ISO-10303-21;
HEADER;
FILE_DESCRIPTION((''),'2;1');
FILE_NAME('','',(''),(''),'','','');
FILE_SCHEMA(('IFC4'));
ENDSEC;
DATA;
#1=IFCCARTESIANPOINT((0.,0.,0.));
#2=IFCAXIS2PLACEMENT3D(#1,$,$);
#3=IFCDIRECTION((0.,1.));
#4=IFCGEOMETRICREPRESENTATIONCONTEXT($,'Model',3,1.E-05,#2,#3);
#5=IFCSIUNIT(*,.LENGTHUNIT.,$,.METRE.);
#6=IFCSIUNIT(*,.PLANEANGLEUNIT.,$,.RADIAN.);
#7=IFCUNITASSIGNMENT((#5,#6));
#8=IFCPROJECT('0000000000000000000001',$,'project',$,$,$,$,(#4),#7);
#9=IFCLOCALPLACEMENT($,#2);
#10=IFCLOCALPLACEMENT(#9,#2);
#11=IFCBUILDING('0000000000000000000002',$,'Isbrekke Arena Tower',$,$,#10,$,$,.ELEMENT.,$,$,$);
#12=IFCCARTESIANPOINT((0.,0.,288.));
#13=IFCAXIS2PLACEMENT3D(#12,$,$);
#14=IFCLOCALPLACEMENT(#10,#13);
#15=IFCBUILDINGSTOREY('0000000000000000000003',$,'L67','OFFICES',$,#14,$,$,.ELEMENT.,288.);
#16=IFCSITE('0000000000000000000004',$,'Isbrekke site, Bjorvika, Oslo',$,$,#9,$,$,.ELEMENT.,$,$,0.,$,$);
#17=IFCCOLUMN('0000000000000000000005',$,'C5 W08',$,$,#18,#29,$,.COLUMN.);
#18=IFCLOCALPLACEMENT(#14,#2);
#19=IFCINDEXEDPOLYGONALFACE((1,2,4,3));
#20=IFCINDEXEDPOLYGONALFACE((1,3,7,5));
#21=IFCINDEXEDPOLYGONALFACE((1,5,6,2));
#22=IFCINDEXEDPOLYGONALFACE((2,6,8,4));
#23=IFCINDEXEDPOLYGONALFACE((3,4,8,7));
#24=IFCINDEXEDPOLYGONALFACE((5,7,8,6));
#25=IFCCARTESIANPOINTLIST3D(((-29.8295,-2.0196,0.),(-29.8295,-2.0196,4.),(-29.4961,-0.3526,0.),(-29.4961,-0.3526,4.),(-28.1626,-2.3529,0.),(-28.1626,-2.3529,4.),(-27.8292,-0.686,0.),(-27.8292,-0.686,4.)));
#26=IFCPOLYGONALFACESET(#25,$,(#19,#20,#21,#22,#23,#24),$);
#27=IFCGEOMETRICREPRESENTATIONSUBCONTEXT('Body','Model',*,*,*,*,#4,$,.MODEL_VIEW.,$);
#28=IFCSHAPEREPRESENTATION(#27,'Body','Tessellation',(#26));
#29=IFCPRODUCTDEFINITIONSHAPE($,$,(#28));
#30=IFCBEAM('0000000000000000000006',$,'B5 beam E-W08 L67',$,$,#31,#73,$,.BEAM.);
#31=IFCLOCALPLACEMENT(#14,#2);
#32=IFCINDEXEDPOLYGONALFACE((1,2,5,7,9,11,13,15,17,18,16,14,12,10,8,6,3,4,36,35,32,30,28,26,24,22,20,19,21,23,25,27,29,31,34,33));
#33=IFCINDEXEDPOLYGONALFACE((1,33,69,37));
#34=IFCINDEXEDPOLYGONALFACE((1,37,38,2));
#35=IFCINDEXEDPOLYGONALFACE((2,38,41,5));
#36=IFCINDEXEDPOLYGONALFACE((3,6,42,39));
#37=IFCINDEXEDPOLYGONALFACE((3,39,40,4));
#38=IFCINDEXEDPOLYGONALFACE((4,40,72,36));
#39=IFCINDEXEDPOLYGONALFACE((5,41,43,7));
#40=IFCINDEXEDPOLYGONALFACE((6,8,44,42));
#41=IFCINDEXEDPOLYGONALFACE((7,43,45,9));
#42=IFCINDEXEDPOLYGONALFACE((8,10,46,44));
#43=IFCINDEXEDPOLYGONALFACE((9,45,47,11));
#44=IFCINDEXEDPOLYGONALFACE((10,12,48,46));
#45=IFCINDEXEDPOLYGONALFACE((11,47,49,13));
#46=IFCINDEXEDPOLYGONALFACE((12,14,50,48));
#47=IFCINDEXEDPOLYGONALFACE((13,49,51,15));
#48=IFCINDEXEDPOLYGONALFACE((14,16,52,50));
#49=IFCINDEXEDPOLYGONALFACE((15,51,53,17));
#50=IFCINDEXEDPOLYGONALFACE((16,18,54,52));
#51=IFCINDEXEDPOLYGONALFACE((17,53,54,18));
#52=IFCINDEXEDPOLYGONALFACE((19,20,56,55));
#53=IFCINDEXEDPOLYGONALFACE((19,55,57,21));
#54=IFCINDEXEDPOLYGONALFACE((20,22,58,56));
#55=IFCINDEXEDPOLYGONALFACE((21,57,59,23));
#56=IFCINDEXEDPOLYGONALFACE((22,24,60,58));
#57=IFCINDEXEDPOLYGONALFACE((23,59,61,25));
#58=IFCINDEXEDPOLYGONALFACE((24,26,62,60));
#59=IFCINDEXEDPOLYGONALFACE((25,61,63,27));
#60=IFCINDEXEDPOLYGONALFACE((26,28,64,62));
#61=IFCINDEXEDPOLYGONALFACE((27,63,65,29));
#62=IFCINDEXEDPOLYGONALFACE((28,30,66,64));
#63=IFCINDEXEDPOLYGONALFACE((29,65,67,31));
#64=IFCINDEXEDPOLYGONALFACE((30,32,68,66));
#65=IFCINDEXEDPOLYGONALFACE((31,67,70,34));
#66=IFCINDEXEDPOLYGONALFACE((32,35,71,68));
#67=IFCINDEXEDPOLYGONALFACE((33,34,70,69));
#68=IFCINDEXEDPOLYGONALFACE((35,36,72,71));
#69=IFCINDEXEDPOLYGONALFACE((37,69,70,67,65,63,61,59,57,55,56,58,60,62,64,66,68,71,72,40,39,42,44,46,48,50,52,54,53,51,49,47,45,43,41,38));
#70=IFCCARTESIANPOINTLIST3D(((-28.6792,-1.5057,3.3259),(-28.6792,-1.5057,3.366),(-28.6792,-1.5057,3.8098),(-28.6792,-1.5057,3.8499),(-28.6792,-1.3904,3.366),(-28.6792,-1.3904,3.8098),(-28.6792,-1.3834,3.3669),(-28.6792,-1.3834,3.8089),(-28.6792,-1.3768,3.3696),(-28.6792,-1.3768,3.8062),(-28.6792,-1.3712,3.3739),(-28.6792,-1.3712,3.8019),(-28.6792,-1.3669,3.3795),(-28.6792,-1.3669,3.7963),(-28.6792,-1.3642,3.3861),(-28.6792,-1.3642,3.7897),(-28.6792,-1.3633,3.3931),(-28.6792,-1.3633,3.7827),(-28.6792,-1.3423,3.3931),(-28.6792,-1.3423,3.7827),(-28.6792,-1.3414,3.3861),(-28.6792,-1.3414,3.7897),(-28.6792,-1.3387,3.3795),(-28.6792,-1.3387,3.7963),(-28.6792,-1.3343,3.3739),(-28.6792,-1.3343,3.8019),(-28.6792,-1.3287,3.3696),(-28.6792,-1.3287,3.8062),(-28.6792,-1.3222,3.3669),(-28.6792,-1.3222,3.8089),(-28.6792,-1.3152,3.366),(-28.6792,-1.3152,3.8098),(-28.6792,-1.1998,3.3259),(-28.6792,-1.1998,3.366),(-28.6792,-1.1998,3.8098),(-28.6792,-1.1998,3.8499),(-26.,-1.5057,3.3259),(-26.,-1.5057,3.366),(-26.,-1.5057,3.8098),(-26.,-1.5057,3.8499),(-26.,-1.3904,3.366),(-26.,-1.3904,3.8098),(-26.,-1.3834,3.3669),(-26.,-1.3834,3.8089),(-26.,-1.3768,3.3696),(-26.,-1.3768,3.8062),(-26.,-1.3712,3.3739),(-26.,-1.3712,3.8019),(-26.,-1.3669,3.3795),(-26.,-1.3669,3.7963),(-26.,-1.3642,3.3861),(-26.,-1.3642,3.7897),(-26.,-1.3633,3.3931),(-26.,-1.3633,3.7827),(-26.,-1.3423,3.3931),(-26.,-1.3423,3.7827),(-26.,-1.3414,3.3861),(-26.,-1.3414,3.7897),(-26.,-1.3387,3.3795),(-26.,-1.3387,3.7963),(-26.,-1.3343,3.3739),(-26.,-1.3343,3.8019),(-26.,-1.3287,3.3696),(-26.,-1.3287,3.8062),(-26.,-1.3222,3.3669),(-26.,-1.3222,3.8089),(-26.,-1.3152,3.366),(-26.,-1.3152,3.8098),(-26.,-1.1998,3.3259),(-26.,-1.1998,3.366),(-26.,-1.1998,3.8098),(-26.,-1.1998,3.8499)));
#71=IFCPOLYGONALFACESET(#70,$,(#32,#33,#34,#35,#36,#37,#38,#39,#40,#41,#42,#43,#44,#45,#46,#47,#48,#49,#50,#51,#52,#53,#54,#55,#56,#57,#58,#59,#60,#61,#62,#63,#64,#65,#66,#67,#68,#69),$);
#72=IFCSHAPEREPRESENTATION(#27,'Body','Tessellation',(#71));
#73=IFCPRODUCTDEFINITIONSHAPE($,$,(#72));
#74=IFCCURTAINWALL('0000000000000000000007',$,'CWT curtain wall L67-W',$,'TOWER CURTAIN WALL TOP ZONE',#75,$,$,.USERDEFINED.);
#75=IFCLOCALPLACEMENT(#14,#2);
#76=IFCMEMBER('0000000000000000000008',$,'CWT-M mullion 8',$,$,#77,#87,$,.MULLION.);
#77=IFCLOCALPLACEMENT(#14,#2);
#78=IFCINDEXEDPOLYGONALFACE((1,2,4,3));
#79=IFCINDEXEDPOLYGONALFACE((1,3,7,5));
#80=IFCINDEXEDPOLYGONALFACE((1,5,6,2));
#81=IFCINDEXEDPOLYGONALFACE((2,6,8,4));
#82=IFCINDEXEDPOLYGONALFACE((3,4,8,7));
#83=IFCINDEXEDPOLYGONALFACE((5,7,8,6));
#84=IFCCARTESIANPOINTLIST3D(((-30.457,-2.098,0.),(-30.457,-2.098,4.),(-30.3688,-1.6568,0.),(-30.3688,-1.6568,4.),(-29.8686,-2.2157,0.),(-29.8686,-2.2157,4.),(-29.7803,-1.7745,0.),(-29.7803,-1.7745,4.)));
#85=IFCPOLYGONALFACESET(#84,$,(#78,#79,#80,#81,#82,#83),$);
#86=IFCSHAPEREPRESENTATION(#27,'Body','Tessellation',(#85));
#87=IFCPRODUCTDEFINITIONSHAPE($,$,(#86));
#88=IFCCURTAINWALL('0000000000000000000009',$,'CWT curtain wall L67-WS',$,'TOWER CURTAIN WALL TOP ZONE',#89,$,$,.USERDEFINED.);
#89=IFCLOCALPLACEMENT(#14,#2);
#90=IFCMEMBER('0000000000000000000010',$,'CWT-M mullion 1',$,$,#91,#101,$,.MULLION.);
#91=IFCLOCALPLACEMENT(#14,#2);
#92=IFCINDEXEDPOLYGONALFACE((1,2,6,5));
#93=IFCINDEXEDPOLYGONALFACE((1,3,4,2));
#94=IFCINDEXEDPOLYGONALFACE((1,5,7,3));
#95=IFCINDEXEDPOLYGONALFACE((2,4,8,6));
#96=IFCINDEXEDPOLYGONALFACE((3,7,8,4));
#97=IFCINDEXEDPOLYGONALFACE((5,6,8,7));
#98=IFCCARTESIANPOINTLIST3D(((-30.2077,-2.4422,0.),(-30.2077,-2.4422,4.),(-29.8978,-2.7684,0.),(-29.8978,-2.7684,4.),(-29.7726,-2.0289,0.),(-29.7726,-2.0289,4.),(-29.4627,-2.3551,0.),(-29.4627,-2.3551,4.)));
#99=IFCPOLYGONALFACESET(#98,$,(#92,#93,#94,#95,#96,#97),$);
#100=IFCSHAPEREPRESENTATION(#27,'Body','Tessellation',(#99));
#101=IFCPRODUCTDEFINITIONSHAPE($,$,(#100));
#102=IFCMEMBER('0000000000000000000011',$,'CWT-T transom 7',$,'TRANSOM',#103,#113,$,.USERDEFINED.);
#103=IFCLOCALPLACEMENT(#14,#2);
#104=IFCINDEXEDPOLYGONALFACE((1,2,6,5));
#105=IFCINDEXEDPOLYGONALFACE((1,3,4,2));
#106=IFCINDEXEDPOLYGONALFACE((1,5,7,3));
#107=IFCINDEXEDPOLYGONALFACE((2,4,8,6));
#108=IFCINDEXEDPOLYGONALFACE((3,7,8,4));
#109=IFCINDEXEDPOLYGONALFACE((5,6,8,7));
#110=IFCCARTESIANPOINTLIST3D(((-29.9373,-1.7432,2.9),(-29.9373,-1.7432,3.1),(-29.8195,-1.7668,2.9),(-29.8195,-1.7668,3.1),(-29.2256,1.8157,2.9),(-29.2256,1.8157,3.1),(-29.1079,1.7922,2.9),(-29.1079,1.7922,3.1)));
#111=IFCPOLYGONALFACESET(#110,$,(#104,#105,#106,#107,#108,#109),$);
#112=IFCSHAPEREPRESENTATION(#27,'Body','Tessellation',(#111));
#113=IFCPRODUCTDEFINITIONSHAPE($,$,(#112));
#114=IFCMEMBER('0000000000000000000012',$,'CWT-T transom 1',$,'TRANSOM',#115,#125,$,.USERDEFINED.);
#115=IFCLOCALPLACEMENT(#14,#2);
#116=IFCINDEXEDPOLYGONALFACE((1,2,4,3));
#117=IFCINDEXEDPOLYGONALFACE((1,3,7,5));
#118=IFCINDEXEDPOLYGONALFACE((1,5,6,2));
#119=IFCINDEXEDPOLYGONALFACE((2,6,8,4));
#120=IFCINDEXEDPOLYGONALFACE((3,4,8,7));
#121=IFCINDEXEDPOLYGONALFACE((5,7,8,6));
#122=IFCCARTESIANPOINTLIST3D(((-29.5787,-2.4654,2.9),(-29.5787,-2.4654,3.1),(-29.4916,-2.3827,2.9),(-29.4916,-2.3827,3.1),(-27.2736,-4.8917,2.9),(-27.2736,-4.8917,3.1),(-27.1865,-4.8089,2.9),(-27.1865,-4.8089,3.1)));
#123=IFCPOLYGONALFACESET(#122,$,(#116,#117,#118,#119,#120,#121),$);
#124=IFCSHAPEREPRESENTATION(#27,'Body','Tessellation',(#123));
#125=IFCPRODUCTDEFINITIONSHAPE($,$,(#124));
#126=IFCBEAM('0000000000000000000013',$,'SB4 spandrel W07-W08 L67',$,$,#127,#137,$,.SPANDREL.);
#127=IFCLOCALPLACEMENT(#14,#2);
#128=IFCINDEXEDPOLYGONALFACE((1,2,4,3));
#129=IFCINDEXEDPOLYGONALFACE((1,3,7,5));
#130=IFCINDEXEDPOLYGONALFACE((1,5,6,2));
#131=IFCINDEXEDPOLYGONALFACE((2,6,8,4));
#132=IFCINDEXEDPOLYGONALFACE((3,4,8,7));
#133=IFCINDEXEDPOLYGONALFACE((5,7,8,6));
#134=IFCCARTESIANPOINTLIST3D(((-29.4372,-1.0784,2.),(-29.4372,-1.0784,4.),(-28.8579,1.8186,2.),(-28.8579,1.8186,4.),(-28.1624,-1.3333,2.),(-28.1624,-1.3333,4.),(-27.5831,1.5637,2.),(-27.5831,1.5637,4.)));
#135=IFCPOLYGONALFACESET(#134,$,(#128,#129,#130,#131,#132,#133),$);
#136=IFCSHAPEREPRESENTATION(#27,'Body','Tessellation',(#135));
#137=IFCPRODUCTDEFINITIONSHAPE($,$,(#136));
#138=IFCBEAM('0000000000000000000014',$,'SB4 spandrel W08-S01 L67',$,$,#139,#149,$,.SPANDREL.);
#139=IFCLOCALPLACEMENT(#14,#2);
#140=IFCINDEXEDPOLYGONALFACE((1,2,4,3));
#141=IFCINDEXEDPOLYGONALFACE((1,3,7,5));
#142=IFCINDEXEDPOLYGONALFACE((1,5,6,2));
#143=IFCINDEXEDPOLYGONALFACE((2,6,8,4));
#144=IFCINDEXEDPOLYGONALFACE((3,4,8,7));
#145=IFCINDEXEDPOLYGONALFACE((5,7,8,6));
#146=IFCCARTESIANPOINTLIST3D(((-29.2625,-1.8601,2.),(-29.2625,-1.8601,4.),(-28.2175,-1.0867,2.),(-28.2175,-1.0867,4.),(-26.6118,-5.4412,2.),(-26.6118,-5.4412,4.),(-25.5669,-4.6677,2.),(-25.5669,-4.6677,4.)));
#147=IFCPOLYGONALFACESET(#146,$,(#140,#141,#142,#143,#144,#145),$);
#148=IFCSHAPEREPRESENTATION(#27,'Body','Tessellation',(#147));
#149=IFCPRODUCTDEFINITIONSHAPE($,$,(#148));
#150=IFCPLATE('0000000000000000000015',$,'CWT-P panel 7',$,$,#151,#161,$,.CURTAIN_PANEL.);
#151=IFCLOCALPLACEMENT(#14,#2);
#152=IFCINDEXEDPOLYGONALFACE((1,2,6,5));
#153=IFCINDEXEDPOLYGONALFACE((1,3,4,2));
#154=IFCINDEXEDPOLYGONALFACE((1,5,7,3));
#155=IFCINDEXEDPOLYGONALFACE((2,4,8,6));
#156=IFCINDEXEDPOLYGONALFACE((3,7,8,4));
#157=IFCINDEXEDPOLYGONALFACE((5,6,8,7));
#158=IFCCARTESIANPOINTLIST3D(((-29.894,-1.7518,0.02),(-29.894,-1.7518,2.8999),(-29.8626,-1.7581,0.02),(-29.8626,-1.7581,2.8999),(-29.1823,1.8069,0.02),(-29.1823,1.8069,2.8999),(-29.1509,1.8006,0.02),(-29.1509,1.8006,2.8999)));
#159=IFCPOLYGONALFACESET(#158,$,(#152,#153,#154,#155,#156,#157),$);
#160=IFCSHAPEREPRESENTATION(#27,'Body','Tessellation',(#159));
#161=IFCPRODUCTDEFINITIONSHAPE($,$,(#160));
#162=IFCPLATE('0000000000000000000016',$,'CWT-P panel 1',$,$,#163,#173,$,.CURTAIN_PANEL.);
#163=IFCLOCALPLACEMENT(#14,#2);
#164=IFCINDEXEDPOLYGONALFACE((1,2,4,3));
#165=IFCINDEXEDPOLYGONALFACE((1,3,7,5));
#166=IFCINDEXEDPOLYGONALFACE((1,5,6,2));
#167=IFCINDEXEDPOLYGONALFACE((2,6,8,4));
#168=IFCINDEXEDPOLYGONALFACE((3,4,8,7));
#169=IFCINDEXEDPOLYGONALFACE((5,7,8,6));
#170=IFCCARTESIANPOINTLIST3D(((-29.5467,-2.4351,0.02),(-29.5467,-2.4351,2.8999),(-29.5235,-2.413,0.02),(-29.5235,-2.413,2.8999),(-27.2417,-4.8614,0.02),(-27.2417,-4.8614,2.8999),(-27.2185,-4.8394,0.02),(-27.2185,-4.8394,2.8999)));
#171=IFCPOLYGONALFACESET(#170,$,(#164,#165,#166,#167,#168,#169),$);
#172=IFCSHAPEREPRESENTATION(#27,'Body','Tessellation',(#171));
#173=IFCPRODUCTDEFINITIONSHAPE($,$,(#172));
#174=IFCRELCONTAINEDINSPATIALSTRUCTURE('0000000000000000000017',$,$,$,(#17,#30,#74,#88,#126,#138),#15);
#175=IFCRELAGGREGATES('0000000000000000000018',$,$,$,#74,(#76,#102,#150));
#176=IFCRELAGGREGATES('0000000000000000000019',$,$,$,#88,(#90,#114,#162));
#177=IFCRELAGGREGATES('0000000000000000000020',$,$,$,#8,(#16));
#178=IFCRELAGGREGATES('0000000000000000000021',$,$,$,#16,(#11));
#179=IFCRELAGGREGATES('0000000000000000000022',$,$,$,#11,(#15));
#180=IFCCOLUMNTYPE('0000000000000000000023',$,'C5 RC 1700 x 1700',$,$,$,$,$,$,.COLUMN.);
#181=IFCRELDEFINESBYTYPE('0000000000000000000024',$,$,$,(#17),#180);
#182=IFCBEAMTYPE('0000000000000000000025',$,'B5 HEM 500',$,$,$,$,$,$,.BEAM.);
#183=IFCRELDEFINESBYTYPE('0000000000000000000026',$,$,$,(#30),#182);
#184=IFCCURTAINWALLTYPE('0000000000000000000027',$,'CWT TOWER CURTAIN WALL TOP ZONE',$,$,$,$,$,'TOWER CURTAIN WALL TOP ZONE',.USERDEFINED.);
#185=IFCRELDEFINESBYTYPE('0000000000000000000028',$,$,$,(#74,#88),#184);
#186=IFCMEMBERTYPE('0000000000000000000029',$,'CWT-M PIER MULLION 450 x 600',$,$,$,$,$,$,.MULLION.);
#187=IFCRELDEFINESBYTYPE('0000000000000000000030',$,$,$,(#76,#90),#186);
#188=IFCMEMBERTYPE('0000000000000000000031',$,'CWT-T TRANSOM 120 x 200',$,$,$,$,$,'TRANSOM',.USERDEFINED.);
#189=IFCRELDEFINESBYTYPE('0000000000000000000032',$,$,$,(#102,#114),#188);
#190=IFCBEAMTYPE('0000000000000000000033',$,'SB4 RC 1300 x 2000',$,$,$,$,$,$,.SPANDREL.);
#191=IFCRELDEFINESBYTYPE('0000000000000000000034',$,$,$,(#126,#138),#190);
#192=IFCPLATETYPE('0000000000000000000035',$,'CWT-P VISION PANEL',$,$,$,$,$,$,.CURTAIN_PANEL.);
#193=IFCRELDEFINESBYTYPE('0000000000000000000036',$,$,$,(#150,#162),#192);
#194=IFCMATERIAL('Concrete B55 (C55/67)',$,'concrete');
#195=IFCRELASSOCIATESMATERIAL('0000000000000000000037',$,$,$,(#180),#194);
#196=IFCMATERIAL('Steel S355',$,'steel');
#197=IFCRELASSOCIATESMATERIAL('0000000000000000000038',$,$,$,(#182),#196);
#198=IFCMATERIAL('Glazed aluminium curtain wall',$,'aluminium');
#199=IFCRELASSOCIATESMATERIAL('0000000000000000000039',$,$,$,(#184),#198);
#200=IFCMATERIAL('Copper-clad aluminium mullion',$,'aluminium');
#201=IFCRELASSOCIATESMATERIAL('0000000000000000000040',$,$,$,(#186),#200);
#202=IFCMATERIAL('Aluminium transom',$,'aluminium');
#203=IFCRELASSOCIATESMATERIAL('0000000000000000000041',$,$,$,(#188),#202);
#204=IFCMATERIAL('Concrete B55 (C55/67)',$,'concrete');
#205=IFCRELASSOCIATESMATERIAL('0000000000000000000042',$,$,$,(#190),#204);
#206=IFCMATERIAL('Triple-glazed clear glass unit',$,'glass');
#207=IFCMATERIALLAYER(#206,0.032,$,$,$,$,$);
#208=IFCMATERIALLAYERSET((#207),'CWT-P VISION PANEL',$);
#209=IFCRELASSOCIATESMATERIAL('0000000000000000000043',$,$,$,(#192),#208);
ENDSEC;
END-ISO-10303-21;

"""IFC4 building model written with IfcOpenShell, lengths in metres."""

from ifc_helpers import new_model, si_unit, direction, frame, origin, origin_2d, place, context, subcontext, project, spatial, rectangle, i_section, extrude, material, layer, layer_set, material_profile, profile_set, type_object, element, aggregate, save


model = new_model("IFC4")

# Units and contexts
model_context = context("Model", 3, precision=1e-05, world=origin(), true_north=direction((0.0, 1.0)))
body_context = subcontext(model_context, "Body", "Model", "MODEL_VIEW")
ifc_project = project(units=[si_unit("LENGTHUNIT", "METRE"), si_unit("PLANEANGLEUNIT", "RADIAN")], contexts=[model_context])

# Site, building, storey
site_placement = place(None, origin())
site = spatial("IfcSite", under=ifc_project, at=site_placement, Name="Isbrekke site, Bjorvika, Oslo", CompositionType="ELEMENT", RefElevation=0.0)
building_placement = place(site_placement, origin())
building = spatial("IfcBuilding", under=site, at=building_placement, Name="Isbrekke Arena Tower", CompositionType="ELEMENT")
storey_placement = place(building_placement, frame((0.0, 0.0, 288.0)))
storey = spatial("IfcBuildingStorey", under=building, at=storey_placement, Name="L67", Description="OFFICES", CompositionType="ELEMENT", Elevation=288.0)

# Column
ifc_material_1 = material(Name="Concrete B55 (C55/67)", Category="concrete")
ifc_material_profile_1 = material_profile(ifc_material_1, rectangle(XDim=1.7, YDim=1.7, at=origin_2d()), Name="RC 1700x1700")
ifc_profile_set_1 = profile_set([ifc_material_profile_1], Name="Concrete B55 (C55/67)")
column_type = type_object("IfcColumnType", Name="C5 RC 1700 x 1700", PredefinedType="COLUMN", material=ifc_profile_set_1)
column_placement = place(storey_placement, frame((-28.8293, -1.3528, 0.0), z_axis=(0.0, 0.0, 1.0), x_axis=(-0.196116, -0.980581, 0.0)))
element("IfcColumn", 1, at=column_placement, inside=storey, type_object=column_type, Name="C5 W08", PredefinedType="COLUMN", context=body_context, shape_type="SweptSolid", body=[
    extrude(rectangle(XDim=1.7, YDim=1.7, at=origin_2d()), origin(), (0.0, 0.0, 1.0), 4.0),
])

# Beam
ifc_material_2 = material(Name="Steel S355", Category="steel")
ifc_material_profile_2 = material_profile(ifc_material_2, i_section(OverallWidth=0.3059, OverallDepth=0.5239, WebThickness=0.021, FlangeThickness=0.04, FilletRadius=0.0271, at=origin_2d()), Name="HEM 500")
ifc_profile_set_2 = profile_set([ifc_material_profile_2], Name="Steel S355")
beam_type_1 = type_object("IfcBeamType", Name="B5 HEM 500", PredefinedType="BEAM", material=ifc_profile_set_2)
beam_1_placement = place(storey_placement, frame((-28.6792, -1.3528, 3.5879), z_axis=(1.0, 0.0, 0.0), x_axis=(0.0, 1.0, 0.0)))
element("IfcBeam", 2, at=beam_1_placement, inside=storey, type_object=beam_type_1, Name="B5 beam E-W08 L67", PredefinedType="BEAM", context=body_context, shape_type="SweptSolid", body=[
    extrude(i_section(OverallWidth=0.3059, OverallDepth=0.5239, WebThickness=0.021, FlangeThickness=0.04, FilletRadius=0.0271, at=origin_2d()), origin(), (0.0, 0.0, 1.0), 2.6792),
])

# Curtain walls, members
ifc_material_3 = material(Name="Glazed aluminium curtain wall", Category="aluminium")
curtain_wall_type = type_object("IfcCurtainWallType", Name="CWT TOWER CURTAIN WALL TOP ZONE", ElementType="TOWER CURTAIN WALL TOP ZONE", PredefinedType="USERDEFINED", material=ifc_material_3)
curtain_wall_1_placement = place(storey_placement, origin())
curtain_wall_1 = element("IfcCurtainWall", 3, at=curtain_wall_1_placement, inside=storey, type_object=curtain_wall_type, Name="CWT curtain wall L67-W", ObjectType="TOWER CURTAIN WALL TOP ZONE", PredefinedType="USERDEFINED")
ifc_material_4 = material(Name="Copper-clad aluminium mullion", Category="aluminium")
ifc_material_profile_3 = material_profile(ifc_material_4, rectangle(XDim=0.45, YDim=0.6001, at=origin_2d()), Name="PIER 450X600")
ifc_profile_set_3 = profile_set([ifc_material_profile_3], Name="Copper-clad aluminium mullion")
member_type_1 = type_object("IfcMemberType", Name="CWT-M PIER MULLION 450 x 600", PredefinedType="MULLION", material=ifc_profile_set_3)
member_1_placement = place(storey_placement, frame((-30.1187, -1.9363, 0.0), z_axis=(0.0, 0.0, 1.0), x_axis=(-0.196116, -0.980581, 0.0)))
member_1 = element("IfcMember", 4, at=member_1_placement, type_object=member_type_1, Name="CWT-M mullion 8", PredefinedType="MULLION", context=body_context, shape_type="SweptSolid", body=[
    extrude(rectangle(XDim=0.45, YDim=0.6001, at=origin_2d()), origin(), (0.0, 0.0, 1.0), 4.0),
])
curtain_wall_2_placement = place(storey_placement, origin())
curtain_wall_2 = element("IfcCurtainWall", 5, at=curtain_wall_2_placement, inside=storey, type_object=curtain_wall_type, Name="CWT curtain wall L67-WS", ObjectType="TOWER CURTAIN WALL TOP ZONE", PredefinedType="USERDEFINED")
member_2_placement = place(storey_placement, frame((-29.8352, -2.3987, 0.0), z_axis=(0.0, 0.0, 1.0), x_axis=(0.688749, -0.724999, 0.0)))
member_2 = element("IfcMember", 6, at=member_2_placement, type_object=member_type_1, Name="CWT-M mullion 1", PredefinedType="MULLION", context=body_context, shape_type="SweptSolid", body=[
    extrude(rectangle(XDim=0.45, YDim=0.6001, at=origin_2d()), origin(), (0.0, 0.0, 1.0), 4.0),
])

# Members
ifc_material_5 = material(Name="Aluminium transom", Category="aluminium")
ifc_material_profile_4 = material_profile(ifc_material_5, rectangle(XDim=0.1201, YDim=0.2, at=origin_2d()), Name="TRANSOM 120X200")
ifc_profile_set_4 = profile_set([ifc_material_profile_4], Name="Aluminium transom")
member_type_2 = type_object("IfcMemberType", Name="CWT-T TRANSOM 120 x 200", ElementType="TRANSOM", PredefinedType="USERDEFINED", material=ifc_profile_set_4)
member_3_placement = place(storey_placement, frame((-29.1667, 1.804, 3.0), z_axis=(-0.19609, -0.980586, 0.0), x_axis=(0.980586, -0.19609, 0.0)))
member_3 = element("IfcMember", 7, at=member_3_placement, type_object=member_type_2, Name="CWT-T transom 7", ObjectType="TRANSOM", PredefinedType="USERDEFINED", context=body_context, shape_type="SweptSolid", body=[
    extrude(rectangle(XDim=0.1201, YDim=0.2, at=origin_2d()), origin(), (0.0, 0.0, 1.0), 3.6294),
])
member_4_placement = place(storey_placement, frame((-29.5352, -2.4241, 3.0), z_axis=(0.688784, -0.724967, 0.0), x_axis=(0.724967, 0.688784, 0.0)))
member_4 = element("IfcMember", 8, at=member_4_placement, type_object=member_type_2, Name="CWT-T transom 1", ObjectType="TRANSOM", PredefinedType="USERDEFINED", context=body_context, shape_type="SweptSolid", body=[
    extrude(rectangle(XDim=0.1201, YDim=0.2, at=origin_2d()), origin(), (0.0, 0.0, 1.0), 3.3467),
])

# Beams
ifc_material_6 = material(Name="Concrete B55 (C55/67)", Category="concrete")
ifc_material_profile_5 = material_profile(ifc_material_6, rectangle(XDim=1.3, YDim=2.0, at=origin_2d()), Name="RC 1300x2000")
ifc_profile_set_5 = profile_set([ifc_material_profile_5], Name="Concrete B55 (C55/67)")
beam_type_2 = type_object("IfcBeamType", Name="SB4 RC 1300 x 2000", PredefinedType="SPANDREL", material=ifc_profile_set_5)
beam_2_placement = place(storey_placement, frame((-28.2205, 1.6912, 3.0), z_axis=(-0.1961, -0.980584, 0.0), x_axis=(0.980584, -0.1961, 0.0)))
element("IfcBeam", 9, at=beam_2_placement, inside=storey, type_object=beam_type_2, Name="SB4 spandrel W07-W08 L67", PredefinedType="SPANDREL", context=body_context, shape_type="SweptSolid", body=[
    extrude(rectangle(XDim=1.3, YDim=2.0, at=origin_2d()), origin(), (0.0, 0.0, 1.0), 2.9543),
])
beam_3_placement = place(storey_placement, frame((-28.74, -1.4734, 3.0), z_axis=(0.594938, -0.803772, 0.0), x_axis=(0.803772, 0.594938, 0.0)))
element("IfcBeam", 10, at=beam_3_placement, inside=storey, type_object=beam_type_2, Name="SB4 spandrel W08-S01 L67", PredefinedType="SPANDREL", context=body_context, shape_type="SweptSolid", body=[
    extrude(rectangle(XDim=1.3, YDim=2.0, at=origin_2d()), origin(), (0.0, 0.0, 1.0), 4.4553),
])

# Plates
ifc_material_7 = material(Name="Triple-glazed clear glass unit", Category="glass")
ifc_layer = layer(ifc_material_7, 0.032)
ifc_layer_set = layer_set([ifc_layer], Name="CWT-P VISION PANEL")
plate_type = type_object("IfcPlateType", Name="CWT-P VISION PANEL", PredefinedType="CURTAIN_PANEL", material=ifc_layer_set)
plate_1_placement = place(storey_placement, frame((-29.5225, 0.0244, 0.02), z_axis=(0.0, 0.0, 1.0), x_axis=(-0.196116, -0.980581, 0.0)))
plate_1 = element("IfcPlate", 11, at=plate_1_placement, type_object=plate_type, Name="CWT-P panel 7", PredefinedType="CURTAIN_PANEL", context=body_context, shape_type="SweptSolid", body=[
    extrude(rectangle(XDim=3.6292, YDim=0.032, at=origin_2d()), origin(), (0.0, 0.0, 1.0), 2.8799),
])
aggregate(curtain_wall_1, [member_1, member_3, plate_1])
plate_2_placement = place(storey_placement, frame((-28.3826, -3.6372, 0.02), z_axis=(0.0, 0.0, 1.0), x_axis=(0.688749, -0.724999, 0.0)))
plate_2 = element("IfcPlate", 12, at=plate_2_placement, type_object=plate_type, Name="CWT-P panel 1", PredefinedType="CURTAIN_PANEL", context=body_context, shape_type="SweptSolid", body=[
    extrude(rectangle(XDim=3.3467, YDim=0.032, at=origin_2d()), origin(), (0.0, 0.0, 1.0), 2.8799),
])
aggregate(curtain_wall_2, [member_2, member_4, plate_2])

save(model, "model.ifc")
